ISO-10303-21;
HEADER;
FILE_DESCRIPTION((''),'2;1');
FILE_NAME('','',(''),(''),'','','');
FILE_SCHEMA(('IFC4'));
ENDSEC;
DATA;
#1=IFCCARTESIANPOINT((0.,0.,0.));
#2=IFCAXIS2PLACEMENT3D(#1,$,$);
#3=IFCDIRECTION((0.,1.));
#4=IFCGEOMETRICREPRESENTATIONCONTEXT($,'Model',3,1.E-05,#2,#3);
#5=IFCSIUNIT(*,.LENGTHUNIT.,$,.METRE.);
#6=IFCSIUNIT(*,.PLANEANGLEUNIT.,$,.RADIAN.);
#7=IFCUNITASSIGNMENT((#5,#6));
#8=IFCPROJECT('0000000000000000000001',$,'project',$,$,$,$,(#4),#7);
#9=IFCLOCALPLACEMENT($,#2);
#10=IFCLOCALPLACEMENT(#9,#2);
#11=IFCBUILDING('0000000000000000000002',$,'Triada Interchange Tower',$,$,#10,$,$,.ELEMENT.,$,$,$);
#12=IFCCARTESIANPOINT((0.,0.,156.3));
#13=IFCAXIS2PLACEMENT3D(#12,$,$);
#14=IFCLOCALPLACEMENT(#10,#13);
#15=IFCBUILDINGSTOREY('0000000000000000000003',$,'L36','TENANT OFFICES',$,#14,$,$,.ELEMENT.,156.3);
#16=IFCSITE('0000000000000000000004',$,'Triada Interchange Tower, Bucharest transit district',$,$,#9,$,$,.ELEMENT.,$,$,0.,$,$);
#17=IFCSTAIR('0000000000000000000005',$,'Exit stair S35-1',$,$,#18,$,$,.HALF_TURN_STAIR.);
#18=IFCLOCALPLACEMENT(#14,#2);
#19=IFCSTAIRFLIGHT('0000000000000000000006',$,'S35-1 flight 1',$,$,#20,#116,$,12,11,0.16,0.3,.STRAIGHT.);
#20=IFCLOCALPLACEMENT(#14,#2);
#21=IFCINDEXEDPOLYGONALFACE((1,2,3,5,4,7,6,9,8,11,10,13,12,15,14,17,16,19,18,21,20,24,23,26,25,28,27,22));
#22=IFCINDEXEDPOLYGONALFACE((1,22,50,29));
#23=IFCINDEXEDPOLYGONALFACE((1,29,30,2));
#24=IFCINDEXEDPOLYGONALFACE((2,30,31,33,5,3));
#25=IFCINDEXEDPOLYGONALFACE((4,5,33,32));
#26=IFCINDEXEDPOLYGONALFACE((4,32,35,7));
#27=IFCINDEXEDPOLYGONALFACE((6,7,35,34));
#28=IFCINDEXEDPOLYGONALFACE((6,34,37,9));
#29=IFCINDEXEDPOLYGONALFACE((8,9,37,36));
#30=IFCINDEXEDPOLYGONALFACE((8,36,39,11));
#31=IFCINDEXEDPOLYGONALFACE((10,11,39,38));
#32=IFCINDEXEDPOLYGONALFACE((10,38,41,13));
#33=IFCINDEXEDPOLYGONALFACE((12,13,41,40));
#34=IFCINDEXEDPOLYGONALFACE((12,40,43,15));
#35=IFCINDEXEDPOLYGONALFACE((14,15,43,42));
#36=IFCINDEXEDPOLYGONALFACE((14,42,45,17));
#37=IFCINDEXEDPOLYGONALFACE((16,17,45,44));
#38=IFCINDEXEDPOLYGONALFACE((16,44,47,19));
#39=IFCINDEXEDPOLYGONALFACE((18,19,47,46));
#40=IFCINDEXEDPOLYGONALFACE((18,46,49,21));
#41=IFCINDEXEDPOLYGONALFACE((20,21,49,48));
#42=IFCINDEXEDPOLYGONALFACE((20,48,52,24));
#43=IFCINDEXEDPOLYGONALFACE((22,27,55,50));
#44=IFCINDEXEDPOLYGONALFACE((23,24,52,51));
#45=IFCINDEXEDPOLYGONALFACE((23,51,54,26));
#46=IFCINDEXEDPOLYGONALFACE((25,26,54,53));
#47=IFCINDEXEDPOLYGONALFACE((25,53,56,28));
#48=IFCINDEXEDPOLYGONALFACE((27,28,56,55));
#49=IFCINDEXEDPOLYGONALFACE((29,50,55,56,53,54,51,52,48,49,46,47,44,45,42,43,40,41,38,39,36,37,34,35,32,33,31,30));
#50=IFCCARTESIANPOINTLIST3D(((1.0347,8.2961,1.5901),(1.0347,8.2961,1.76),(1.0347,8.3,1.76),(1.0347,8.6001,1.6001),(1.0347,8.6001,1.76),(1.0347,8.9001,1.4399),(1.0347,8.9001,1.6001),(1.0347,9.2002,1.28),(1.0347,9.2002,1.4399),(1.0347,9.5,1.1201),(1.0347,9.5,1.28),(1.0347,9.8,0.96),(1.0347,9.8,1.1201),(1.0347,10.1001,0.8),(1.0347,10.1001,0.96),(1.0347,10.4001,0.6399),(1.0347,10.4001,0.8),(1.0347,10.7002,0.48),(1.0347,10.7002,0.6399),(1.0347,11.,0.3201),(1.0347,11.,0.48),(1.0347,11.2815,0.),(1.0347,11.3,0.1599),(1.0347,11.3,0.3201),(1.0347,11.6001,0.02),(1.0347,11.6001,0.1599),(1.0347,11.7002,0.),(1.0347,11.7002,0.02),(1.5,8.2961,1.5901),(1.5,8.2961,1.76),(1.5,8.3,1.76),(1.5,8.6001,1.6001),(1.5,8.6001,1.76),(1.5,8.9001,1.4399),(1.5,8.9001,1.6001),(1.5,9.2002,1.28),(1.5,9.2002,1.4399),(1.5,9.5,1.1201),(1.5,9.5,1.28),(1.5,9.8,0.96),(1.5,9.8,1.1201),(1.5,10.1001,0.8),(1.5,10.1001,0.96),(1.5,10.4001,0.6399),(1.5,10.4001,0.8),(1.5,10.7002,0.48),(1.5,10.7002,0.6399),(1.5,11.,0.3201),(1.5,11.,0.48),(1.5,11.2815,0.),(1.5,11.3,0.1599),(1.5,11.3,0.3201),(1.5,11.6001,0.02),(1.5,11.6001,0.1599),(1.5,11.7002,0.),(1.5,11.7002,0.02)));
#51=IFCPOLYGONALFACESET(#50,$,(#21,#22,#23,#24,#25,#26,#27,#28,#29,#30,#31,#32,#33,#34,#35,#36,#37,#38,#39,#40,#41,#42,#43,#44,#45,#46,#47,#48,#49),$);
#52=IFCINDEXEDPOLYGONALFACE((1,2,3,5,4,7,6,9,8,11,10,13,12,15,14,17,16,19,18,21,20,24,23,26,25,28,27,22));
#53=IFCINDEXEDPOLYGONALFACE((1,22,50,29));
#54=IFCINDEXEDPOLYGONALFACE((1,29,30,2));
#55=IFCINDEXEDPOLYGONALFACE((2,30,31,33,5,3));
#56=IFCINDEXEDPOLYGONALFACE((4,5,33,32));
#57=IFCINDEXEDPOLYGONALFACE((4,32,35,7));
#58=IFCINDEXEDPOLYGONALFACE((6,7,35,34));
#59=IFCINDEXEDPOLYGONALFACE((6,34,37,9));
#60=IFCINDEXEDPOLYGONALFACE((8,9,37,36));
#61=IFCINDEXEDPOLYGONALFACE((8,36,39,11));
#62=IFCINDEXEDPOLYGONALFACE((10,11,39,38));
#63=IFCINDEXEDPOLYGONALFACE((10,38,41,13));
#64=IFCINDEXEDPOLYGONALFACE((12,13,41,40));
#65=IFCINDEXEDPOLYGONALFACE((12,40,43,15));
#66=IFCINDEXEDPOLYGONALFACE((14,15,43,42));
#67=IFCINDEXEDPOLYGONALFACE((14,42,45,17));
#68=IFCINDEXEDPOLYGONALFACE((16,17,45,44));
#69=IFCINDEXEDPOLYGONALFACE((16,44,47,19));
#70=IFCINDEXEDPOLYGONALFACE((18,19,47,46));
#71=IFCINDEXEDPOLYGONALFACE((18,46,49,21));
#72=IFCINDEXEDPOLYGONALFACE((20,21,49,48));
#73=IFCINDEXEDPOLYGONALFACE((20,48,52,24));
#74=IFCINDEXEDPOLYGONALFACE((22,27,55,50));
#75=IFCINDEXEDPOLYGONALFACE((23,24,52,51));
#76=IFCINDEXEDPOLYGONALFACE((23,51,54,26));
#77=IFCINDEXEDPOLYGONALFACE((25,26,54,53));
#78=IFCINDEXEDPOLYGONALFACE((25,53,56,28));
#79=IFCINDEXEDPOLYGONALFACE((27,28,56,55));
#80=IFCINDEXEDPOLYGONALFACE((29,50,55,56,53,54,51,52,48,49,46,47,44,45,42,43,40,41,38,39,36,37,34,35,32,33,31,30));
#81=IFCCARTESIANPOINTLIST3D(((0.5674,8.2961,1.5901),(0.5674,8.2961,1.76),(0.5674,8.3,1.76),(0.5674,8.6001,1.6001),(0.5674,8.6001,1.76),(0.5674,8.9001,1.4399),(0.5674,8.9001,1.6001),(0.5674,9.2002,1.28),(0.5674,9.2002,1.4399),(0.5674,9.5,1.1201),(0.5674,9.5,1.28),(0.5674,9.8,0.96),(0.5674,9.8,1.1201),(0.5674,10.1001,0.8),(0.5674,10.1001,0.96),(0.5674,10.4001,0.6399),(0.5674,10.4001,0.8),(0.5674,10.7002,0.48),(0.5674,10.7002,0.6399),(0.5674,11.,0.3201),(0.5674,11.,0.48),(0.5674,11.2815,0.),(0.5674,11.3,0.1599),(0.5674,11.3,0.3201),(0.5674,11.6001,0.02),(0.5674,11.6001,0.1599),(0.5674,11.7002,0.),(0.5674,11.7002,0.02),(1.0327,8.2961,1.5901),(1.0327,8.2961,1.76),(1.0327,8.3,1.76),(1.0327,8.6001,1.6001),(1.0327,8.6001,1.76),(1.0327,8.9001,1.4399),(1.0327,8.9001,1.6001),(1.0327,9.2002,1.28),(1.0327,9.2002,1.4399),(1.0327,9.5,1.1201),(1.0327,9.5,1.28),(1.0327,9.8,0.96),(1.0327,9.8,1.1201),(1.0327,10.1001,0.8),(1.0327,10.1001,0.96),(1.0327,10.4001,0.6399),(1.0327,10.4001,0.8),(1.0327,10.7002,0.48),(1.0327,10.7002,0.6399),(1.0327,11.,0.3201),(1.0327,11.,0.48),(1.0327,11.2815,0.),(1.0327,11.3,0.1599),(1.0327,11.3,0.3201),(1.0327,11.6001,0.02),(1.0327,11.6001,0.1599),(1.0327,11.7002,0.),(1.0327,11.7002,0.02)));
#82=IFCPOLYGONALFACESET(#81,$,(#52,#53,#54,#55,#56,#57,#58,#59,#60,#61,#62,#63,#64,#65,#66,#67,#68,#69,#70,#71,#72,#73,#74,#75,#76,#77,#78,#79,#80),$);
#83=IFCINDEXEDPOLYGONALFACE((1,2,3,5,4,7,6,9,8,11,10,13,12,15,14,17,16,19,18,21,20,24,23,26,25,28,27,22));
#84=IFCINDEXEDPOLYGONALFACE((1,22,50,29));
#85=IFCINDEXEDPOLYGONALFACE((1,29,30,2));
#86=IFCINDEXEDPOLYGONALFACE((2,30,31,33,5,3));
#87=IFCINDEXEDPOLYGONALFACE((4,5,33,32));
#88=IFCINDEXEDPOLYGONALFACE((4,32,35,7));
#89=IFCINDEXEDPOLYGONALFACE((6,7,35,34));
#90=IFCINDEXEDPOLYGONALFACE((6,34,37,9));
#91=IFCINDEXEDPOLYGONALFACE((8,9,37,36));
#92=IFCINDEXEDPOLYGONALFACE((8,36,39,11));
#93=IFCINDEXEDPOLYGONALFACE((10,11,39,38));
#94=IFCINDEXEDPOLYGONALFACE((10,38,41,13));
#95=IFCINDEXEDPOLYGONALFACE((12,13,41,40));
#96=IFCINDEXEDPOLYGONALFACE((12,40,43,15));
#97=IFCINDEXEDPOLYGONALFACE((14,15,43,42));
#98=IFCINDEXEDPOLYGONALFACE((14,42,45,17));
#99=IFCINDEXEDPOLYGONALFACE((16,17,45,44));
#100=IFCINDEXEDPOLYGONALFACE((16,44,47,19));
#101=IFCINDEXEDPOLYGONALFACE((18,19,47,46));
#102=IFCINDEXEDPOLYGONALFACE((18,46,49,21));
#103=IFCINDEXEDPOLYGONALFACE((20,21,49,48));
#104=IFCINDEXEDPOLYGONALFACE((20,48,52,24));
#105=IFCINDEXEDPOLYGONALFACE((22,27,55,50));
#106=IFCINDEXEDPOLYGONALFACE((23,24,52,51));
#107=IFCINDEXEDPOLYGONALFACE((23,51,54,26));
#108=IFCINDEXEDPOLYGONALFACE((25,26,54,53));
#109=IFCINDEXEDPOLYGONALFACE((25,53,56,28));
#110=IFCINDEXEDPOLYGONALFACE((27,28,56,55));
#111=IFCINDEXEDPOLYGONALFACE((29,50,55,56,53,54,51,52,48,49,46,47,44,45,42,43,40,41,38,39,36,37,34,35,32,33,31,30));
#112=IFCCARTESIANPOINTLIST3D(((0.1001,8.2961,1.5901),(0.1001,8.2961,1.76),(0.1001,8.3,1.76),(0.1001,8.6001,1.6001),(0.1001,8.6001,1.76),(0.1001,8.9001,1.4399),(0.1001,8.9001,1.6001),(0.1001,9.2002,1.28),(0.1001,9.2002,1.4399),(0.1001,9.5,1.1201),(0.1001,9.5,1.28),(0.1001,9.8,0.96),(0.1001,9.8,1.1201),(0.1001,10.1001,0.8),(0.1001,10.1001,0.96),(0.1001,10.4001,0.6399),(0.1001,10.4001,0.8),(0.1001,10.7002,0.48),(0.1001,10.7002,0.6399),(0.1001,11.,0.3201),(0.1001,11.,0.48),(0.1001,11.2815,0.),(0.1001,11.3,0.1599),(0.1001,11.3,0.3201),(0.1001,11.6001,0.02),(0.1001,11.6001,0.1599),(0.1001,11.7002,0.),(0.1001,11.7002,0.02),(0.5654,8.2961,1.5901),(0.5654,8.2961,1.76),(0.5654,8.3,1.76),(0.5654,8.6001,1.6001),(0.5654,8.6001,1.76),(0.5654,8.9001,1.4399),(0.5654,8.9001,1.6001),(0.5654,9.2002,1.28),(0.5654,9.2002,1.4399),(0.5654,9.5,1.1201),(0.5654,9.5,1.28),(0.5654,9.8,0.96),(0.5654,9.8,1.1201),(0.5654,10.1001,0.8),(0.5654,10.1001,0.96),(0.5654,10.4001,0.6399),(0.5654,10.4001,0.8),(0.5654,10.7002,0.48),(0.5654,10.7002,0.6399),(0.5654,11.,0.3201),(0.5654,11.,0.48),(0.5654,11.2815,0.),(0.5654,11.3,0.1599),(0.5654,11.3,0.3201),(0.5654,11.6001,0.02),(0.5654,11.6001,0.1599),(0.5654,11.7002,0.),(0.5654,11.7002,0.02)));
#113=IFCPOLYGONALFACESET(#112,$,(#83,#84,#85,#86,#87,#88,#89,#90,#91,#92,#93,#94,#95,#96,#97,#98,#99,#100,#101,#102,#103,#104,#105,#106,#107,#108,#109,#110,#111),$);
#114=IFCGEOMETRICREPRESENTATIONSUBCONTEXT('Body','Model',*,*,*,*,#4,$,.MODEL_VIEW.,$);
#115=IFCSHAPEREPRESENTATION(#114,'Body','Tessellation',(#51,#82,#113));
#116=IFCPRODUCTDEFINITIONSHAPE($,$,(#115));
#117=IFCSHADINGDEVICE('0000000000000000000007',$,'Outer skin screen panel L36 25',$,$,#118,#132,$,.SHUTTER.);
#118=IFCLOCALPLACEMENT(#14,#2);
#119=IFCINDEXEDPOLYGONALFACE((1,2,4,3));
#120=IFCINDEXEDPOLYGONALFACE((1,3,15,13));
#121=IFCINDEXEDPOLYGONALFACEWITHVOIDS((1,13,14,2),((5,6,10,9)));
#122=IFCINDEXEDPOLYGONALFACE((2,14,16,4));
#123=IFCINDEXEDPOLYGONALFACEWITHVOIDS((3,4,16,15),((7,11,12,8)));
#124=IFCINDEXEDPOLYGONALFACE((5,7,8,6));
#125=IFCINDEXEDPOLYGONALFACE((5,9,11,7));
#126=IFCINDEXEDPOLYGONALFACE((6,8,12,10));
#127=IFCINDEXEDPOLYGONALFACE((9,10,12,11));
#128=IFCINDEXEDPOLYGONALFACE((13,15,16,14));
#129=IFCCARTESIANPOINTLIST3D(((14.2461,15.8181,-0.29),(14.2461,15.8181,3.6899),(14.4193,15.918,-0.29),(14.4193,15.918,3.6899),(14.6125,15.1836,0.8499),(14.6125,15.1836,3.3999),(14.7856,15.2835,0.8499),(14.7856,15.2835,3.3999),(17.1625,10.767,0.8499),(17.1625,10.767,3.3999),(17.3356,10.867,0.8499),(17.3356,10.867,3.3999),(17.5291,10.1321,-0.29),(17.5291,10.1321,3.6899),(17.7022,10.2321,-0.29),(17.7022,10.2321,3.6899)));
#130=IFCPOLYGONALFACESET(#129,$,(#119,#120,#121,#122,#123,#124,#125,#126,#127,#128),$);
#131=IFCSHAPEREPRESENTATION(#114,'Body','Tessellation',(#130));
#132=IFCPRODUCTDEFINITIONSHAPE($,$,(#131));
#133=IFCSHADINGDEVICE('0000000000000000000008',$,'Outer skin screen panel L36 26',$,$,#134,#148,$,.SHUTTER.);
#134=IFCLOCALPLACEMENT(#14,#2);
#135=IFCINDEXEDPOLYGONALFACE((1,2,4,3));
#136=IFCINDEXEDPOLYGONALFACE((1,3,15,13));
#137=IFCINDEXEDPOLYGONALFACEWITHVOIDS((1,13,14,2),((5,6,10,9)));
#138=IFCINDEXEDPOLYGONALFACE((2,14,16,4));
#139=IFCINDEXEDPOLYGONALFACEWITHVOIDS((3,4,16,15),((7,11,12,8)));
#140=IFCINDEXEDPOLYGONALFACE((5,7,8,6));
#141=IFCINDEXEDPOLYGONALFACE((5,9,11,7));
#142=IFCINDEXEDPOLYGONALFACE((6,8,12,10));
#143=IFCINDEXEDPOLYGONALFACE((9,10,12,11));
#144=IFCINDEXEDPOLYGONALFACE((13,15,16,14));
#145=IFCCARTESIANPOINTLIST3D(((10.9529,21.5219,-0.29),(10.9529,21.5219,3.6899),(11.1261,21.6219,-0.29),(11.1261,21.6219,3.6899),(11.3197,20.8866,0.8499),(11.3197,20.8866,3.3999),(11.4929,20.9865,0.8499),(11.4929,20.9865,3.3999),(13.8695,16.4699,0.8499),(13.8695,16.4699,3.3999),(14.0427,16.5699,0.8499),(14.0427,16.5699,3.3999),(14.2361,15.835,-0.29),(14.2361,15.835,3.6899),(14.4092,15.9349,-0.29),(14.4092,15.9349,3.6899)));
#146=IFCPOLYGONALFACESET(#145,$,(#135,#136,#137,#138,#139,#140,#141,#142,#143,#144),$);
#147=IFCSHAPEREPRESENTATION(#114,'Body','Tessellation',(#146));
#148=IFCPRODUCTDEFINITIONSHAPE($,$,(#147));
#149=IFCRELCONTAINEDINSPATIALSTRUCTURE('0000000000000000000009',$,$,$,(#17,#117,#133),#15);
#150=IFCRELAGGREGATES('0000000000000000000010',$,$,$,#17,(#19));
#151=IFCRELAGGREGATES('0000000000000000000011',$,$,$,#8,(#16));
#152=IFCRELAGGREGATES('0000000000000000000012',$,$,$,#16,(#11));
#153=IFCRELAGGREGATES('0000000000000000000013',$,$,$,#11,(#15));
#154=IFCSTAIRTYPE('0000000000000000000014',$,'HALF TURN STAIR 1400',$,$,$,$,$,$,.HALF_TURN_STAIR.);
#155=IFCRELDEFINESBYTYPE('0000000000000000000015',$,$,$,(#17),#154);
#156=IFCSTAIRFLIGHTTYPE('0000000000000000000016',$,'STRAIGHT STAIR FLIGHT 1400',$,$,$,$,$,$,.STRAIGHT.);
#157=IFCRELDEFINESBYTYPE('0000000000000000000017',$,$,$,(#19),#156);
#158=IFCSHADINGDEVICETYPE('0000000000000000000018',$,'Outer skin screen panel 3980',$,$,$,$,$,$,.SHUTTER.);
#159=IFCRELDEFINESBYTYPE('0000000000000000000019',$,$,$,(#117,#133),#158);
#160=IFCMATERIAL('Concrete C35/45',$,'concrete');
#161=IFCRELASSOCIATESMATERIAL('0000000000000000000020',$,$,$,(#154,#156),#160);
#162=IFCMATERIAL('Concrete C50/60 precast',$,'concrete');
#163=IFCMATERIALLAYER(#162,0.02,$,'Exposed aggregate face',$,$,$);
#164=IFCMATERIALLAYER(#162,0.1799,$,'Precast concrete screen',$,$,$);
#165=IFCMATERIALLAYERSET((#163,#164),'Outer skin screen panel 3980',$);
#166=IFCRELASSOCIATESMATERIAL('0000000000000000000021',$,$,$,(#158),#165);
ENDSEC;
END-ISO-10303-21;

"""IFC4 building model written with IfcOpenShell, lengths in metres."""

from ifc_helpers import new_model, si_unit, direction, frame, origin, place, context, subcontext, project, spatial, polyline, outline, extrude, material, layer, layer_set, type_object, element, aggregate, save


model = new_model("IFC4")

# Units and contexts
model_context = context("Model", 3, precision=1e-05, world=origin(), true_north=direction((0.0, 1.0)))
body_context = subcontext(model_context, "Body", "Model", "MODEL_VIEW")
ifc_project = project(units=[si_unit("LENGTHUNIT", "METRE"), si_unit("PLANEANGLEUNIT", "RADIAN")], contexts=[model_context])

# Site, building, storey
site_placement = place(None, origin())
site = spatial("IfcSite", under=ifc_project, at=site_placement, Name="Triada Interchange Tower, Bucharest transit district", CompositionType="ELEMENT", RefElevation=0.0)
building_placement = place(site_placement, origin())
building = spatial("IfcBuilding", under=site, at=building_placement, Name="Triada Interchange Tower", CompositionType="ELEMENT")
storey_placement = place(building_placement, frame((0.0, 0.0, 156.3)))
storey = spatial("IfcBuildingStorey", under=building, at=storey_placement, Name="L36", Description="TENANT OFFICES", CompositionType="ELEMENT", Elevation=156.3)

# Stair, stair flight
ifc_material_1 = material(Name="Concrete C35/45", Category="concrete")
stair_type = type_object("IfcStairType", Name="HALF TURN STAIR 1400", PredefinedType="HALF_TURN_STAIR", material=ifc_material_1)
stair_placement = place(storey_placement, origin())
stair = element("IfcStair", 1, at=stair_placement, inside=storey, type_object=stair_type, Name="Exit stair S35-1", PredefinedType="HALF_TURN_STAIR")
stair_flight_type = type_object("IfcStairFlightType", Name="STRAIGHT STAIR FLIGHT 1400", PredefinedType="STRAIGHT", material=ifc_material_1)
stair_flight_placement = place(storey_placement, frame((0.8, 11.6001, 0.0), z_axis=(0.0, 0.0, 1.0), x_axis=(0.0, -1.0, 0.0)))
stair_flight = element("IfcStairFlight", 2, at=stair_flight_placement, type_object=stair_flight_type, Name="S35-1 flight 1", NumberOfRisers=12, NumberOfTreads=11, PredefinedType="STRAIGHT", RiserHeight=0.16, TreadLength=0.3, context=body_context, shape_type="SweptSolid", body=[
    extrude(outline(polyline([(-0.1001, 0.0), (-0.1001, 0.02), (0.0, 0.02), (0.0, 0.1599), (0.3, 0.1599), (0.3, 0.3201), (0.6001, 0.3201), (0.6001, 0.48), (0.8999, 0.48), (0.8999, 0.6399), (1.2, 0.6399), (1.2, 0.8), (1.5, 0.8), (1.5, 0.96), (1.8, 0.96), (1.8, 1.1201), (2.1001, 1.1201), (2.1001, 1.28), (2.3999, 1.28), (2.3999, 1.4399), (2.7, 1.4399), (2.7, 1.6001), (3.0, 1.6001), (3.0, 1.76), (3.3, 1.76), (3.304, 1.76), (3.304, 1.9199), (3.304, 1.5901), (0.3186, 0.0), (-0.1001, 0.0)])), frame((0.0, 0.7, 0.0), z_axis=(0.0, -1.0, 0.0), x_axis=(1.0, 0.0, 0.0)), (0.0, 0.0, 1.0), 0.4653),
    extrude(outline(polyline([(-0.1001, 0.0), (-0.1001, 0.02), (0.0, 0.02), (0.0, 0.1599), (0.3, 0.1599), (0.3, 0.3201), (0.6001, 0.3201), (0.6001, 0.48), (0.8999, 0.48), (0.8999, 0.6399), (1.2, 0.6399), (1.2, 0.8), (1.5, 0.8), (1.5, 0.96), (1.8, 0.96), (1.8, 1.1201), (2.1001, 1.1201), (2.1001, 1.28), (2.3999, 1.28), (2.3999, 1.4399), (2.7, 1.4399), (2.7, 1.6001), (3.0, 1.6001), (3.0, 1.76), (3.3, 1.76), (3.304, 1.76), (3.304, 1.9199), (3.304, 1.5901), (0.3186, 0.0), (-0.1001, 0.0)])), frame((0.0, 0.2327, 0.0), z_axis=(0.0, -1.0, 0.0), x_axis=(1.0, 0.0, 0.0)), (0.0, 0.0, 1.0), 0.4653),
    extrude(outline(polyline([(-0.1001, 0.0), (-0.1001, 0.02), (0.0, 0.02), (0.0, 0.1599), (0.3, 0.1599), (0.3, 0.3201), (0.6001, 0.3201), (0.6001, 0.48), (0.8999, 0.48), (0.8999, 0.6399), (1.2, 0.6399), (1.2, 0.8), (1.5, 0.8), (1.5, 0.96), (1.8, 0.96), (1.8, 1.1201), (2.1001, 1.1201), (2.1001, 1.28), (2.3999, 1.28), (2.3999, 1.4399), (2.7, 1.4399), (2.7, 1.6001), (3.0, 1.6001), (3.0, 1.76), (3.3, 1.76), (3.304, 1.76), (3.304, 1.9199), (3.304, 1.5901), (0.3186, 0.0), (-0.1001, 0.0)])), frame((0.0, -0.2346, 0.0), z_axis=(0.0, -1.0, 0.0), x_axis=(1.0, 0.0, 0.0)), (0.0, 0.0, 1.0), 0.4653),
])

# Shading devices
ifc_material_2 = material(Name="Concrete C50/60 precast", Category="concrete")
ifc_layer_1 = layer(ifc_material_2, 0.02, Name="Exposed aggregate face")
ifc_layer_2 = layer(ifc_material_2, 0.1799, Name="Precast concrete screen")
ifc_layer_set_1 = layer_set([ifc_layer_1, ifc_layer_2], Name="Outer skin screen panel 3980")
shading_device_type = type_object("IfcShadingDeviceType", Name="Outer skin screen panel 3980", PredefinedType="SHUTTER", material=ifc_layer_set_1)
shading_device_1_placement = place(storey_placement, frame((17.5291, 10.1321, -0.29), z_axis=(0.0, 0.0, 1.0), x_axis=(-0.500014, 0.866017, 0.0)))
element("IfcShadingDevice", 3, at=shading_device_1_placement, inside=storey, type_object=shading_device_type, Name="Outer skin screen panel L36 25", PredefinedType="SHUTTER", context=body_context, shape_type="SweptSolid", body=[
    extrude(outline(polyline([(0.0, 0.0), (6.5657, 0.0), (6.5657, 3.98), (0.0, 3.98), (0.0, 0.0)]), holes=[polyline([(0.7332, 1.1399), (0.7332, 3.6899), (5.833, 3.6899), (5.833, 1.1399), (0.7332, 1.1399)])]), frame((0.0, 0.0, 0.0), z_axis=(0.0, -1.0, 0.0), x_axis=(1.0, 0.0, 0.0)), (0.0, 0.0, 1.0), 0.2),
])
shading_device_2_placement = place(storey_placement, frame((14.2361, 15.835, -0.29), z_axis=(0.0, 0.0, 1.0), x_axis=(-0.499978, 0.866038, 0.0)))
element("IfcShadingDevice", 4, at=shading_device_2_placement, inside=storey, type_object=shading_device_type, Name="Outer skin screen panel L36 26", PredefinedType="SHUTTER", context=body_context, shape_type="SweptSolid", body=[
    extrude(outline(polyline([(0.0, 0.0), (6.5667, 0.0), (6.5667, 3.98), (0.0, 3.98), (0.0, 0.0)]), holes=[polyline([(0.7332, 1.1399), (0.7332, 3.6899), (5.833, 3.6899), (5.833, 1.1399), (0.7332, 1.1399)])]), frame((0.0, 0.0, 0.0), z_axis=(0.0, -1.0, 0.0), x_axis=(1.0, 0.0, 0.0)), (0.0, 0.0, 1.0), 0.2),
])

aggregate(stair, [stair_flight])

save(model, "model.ifc")
